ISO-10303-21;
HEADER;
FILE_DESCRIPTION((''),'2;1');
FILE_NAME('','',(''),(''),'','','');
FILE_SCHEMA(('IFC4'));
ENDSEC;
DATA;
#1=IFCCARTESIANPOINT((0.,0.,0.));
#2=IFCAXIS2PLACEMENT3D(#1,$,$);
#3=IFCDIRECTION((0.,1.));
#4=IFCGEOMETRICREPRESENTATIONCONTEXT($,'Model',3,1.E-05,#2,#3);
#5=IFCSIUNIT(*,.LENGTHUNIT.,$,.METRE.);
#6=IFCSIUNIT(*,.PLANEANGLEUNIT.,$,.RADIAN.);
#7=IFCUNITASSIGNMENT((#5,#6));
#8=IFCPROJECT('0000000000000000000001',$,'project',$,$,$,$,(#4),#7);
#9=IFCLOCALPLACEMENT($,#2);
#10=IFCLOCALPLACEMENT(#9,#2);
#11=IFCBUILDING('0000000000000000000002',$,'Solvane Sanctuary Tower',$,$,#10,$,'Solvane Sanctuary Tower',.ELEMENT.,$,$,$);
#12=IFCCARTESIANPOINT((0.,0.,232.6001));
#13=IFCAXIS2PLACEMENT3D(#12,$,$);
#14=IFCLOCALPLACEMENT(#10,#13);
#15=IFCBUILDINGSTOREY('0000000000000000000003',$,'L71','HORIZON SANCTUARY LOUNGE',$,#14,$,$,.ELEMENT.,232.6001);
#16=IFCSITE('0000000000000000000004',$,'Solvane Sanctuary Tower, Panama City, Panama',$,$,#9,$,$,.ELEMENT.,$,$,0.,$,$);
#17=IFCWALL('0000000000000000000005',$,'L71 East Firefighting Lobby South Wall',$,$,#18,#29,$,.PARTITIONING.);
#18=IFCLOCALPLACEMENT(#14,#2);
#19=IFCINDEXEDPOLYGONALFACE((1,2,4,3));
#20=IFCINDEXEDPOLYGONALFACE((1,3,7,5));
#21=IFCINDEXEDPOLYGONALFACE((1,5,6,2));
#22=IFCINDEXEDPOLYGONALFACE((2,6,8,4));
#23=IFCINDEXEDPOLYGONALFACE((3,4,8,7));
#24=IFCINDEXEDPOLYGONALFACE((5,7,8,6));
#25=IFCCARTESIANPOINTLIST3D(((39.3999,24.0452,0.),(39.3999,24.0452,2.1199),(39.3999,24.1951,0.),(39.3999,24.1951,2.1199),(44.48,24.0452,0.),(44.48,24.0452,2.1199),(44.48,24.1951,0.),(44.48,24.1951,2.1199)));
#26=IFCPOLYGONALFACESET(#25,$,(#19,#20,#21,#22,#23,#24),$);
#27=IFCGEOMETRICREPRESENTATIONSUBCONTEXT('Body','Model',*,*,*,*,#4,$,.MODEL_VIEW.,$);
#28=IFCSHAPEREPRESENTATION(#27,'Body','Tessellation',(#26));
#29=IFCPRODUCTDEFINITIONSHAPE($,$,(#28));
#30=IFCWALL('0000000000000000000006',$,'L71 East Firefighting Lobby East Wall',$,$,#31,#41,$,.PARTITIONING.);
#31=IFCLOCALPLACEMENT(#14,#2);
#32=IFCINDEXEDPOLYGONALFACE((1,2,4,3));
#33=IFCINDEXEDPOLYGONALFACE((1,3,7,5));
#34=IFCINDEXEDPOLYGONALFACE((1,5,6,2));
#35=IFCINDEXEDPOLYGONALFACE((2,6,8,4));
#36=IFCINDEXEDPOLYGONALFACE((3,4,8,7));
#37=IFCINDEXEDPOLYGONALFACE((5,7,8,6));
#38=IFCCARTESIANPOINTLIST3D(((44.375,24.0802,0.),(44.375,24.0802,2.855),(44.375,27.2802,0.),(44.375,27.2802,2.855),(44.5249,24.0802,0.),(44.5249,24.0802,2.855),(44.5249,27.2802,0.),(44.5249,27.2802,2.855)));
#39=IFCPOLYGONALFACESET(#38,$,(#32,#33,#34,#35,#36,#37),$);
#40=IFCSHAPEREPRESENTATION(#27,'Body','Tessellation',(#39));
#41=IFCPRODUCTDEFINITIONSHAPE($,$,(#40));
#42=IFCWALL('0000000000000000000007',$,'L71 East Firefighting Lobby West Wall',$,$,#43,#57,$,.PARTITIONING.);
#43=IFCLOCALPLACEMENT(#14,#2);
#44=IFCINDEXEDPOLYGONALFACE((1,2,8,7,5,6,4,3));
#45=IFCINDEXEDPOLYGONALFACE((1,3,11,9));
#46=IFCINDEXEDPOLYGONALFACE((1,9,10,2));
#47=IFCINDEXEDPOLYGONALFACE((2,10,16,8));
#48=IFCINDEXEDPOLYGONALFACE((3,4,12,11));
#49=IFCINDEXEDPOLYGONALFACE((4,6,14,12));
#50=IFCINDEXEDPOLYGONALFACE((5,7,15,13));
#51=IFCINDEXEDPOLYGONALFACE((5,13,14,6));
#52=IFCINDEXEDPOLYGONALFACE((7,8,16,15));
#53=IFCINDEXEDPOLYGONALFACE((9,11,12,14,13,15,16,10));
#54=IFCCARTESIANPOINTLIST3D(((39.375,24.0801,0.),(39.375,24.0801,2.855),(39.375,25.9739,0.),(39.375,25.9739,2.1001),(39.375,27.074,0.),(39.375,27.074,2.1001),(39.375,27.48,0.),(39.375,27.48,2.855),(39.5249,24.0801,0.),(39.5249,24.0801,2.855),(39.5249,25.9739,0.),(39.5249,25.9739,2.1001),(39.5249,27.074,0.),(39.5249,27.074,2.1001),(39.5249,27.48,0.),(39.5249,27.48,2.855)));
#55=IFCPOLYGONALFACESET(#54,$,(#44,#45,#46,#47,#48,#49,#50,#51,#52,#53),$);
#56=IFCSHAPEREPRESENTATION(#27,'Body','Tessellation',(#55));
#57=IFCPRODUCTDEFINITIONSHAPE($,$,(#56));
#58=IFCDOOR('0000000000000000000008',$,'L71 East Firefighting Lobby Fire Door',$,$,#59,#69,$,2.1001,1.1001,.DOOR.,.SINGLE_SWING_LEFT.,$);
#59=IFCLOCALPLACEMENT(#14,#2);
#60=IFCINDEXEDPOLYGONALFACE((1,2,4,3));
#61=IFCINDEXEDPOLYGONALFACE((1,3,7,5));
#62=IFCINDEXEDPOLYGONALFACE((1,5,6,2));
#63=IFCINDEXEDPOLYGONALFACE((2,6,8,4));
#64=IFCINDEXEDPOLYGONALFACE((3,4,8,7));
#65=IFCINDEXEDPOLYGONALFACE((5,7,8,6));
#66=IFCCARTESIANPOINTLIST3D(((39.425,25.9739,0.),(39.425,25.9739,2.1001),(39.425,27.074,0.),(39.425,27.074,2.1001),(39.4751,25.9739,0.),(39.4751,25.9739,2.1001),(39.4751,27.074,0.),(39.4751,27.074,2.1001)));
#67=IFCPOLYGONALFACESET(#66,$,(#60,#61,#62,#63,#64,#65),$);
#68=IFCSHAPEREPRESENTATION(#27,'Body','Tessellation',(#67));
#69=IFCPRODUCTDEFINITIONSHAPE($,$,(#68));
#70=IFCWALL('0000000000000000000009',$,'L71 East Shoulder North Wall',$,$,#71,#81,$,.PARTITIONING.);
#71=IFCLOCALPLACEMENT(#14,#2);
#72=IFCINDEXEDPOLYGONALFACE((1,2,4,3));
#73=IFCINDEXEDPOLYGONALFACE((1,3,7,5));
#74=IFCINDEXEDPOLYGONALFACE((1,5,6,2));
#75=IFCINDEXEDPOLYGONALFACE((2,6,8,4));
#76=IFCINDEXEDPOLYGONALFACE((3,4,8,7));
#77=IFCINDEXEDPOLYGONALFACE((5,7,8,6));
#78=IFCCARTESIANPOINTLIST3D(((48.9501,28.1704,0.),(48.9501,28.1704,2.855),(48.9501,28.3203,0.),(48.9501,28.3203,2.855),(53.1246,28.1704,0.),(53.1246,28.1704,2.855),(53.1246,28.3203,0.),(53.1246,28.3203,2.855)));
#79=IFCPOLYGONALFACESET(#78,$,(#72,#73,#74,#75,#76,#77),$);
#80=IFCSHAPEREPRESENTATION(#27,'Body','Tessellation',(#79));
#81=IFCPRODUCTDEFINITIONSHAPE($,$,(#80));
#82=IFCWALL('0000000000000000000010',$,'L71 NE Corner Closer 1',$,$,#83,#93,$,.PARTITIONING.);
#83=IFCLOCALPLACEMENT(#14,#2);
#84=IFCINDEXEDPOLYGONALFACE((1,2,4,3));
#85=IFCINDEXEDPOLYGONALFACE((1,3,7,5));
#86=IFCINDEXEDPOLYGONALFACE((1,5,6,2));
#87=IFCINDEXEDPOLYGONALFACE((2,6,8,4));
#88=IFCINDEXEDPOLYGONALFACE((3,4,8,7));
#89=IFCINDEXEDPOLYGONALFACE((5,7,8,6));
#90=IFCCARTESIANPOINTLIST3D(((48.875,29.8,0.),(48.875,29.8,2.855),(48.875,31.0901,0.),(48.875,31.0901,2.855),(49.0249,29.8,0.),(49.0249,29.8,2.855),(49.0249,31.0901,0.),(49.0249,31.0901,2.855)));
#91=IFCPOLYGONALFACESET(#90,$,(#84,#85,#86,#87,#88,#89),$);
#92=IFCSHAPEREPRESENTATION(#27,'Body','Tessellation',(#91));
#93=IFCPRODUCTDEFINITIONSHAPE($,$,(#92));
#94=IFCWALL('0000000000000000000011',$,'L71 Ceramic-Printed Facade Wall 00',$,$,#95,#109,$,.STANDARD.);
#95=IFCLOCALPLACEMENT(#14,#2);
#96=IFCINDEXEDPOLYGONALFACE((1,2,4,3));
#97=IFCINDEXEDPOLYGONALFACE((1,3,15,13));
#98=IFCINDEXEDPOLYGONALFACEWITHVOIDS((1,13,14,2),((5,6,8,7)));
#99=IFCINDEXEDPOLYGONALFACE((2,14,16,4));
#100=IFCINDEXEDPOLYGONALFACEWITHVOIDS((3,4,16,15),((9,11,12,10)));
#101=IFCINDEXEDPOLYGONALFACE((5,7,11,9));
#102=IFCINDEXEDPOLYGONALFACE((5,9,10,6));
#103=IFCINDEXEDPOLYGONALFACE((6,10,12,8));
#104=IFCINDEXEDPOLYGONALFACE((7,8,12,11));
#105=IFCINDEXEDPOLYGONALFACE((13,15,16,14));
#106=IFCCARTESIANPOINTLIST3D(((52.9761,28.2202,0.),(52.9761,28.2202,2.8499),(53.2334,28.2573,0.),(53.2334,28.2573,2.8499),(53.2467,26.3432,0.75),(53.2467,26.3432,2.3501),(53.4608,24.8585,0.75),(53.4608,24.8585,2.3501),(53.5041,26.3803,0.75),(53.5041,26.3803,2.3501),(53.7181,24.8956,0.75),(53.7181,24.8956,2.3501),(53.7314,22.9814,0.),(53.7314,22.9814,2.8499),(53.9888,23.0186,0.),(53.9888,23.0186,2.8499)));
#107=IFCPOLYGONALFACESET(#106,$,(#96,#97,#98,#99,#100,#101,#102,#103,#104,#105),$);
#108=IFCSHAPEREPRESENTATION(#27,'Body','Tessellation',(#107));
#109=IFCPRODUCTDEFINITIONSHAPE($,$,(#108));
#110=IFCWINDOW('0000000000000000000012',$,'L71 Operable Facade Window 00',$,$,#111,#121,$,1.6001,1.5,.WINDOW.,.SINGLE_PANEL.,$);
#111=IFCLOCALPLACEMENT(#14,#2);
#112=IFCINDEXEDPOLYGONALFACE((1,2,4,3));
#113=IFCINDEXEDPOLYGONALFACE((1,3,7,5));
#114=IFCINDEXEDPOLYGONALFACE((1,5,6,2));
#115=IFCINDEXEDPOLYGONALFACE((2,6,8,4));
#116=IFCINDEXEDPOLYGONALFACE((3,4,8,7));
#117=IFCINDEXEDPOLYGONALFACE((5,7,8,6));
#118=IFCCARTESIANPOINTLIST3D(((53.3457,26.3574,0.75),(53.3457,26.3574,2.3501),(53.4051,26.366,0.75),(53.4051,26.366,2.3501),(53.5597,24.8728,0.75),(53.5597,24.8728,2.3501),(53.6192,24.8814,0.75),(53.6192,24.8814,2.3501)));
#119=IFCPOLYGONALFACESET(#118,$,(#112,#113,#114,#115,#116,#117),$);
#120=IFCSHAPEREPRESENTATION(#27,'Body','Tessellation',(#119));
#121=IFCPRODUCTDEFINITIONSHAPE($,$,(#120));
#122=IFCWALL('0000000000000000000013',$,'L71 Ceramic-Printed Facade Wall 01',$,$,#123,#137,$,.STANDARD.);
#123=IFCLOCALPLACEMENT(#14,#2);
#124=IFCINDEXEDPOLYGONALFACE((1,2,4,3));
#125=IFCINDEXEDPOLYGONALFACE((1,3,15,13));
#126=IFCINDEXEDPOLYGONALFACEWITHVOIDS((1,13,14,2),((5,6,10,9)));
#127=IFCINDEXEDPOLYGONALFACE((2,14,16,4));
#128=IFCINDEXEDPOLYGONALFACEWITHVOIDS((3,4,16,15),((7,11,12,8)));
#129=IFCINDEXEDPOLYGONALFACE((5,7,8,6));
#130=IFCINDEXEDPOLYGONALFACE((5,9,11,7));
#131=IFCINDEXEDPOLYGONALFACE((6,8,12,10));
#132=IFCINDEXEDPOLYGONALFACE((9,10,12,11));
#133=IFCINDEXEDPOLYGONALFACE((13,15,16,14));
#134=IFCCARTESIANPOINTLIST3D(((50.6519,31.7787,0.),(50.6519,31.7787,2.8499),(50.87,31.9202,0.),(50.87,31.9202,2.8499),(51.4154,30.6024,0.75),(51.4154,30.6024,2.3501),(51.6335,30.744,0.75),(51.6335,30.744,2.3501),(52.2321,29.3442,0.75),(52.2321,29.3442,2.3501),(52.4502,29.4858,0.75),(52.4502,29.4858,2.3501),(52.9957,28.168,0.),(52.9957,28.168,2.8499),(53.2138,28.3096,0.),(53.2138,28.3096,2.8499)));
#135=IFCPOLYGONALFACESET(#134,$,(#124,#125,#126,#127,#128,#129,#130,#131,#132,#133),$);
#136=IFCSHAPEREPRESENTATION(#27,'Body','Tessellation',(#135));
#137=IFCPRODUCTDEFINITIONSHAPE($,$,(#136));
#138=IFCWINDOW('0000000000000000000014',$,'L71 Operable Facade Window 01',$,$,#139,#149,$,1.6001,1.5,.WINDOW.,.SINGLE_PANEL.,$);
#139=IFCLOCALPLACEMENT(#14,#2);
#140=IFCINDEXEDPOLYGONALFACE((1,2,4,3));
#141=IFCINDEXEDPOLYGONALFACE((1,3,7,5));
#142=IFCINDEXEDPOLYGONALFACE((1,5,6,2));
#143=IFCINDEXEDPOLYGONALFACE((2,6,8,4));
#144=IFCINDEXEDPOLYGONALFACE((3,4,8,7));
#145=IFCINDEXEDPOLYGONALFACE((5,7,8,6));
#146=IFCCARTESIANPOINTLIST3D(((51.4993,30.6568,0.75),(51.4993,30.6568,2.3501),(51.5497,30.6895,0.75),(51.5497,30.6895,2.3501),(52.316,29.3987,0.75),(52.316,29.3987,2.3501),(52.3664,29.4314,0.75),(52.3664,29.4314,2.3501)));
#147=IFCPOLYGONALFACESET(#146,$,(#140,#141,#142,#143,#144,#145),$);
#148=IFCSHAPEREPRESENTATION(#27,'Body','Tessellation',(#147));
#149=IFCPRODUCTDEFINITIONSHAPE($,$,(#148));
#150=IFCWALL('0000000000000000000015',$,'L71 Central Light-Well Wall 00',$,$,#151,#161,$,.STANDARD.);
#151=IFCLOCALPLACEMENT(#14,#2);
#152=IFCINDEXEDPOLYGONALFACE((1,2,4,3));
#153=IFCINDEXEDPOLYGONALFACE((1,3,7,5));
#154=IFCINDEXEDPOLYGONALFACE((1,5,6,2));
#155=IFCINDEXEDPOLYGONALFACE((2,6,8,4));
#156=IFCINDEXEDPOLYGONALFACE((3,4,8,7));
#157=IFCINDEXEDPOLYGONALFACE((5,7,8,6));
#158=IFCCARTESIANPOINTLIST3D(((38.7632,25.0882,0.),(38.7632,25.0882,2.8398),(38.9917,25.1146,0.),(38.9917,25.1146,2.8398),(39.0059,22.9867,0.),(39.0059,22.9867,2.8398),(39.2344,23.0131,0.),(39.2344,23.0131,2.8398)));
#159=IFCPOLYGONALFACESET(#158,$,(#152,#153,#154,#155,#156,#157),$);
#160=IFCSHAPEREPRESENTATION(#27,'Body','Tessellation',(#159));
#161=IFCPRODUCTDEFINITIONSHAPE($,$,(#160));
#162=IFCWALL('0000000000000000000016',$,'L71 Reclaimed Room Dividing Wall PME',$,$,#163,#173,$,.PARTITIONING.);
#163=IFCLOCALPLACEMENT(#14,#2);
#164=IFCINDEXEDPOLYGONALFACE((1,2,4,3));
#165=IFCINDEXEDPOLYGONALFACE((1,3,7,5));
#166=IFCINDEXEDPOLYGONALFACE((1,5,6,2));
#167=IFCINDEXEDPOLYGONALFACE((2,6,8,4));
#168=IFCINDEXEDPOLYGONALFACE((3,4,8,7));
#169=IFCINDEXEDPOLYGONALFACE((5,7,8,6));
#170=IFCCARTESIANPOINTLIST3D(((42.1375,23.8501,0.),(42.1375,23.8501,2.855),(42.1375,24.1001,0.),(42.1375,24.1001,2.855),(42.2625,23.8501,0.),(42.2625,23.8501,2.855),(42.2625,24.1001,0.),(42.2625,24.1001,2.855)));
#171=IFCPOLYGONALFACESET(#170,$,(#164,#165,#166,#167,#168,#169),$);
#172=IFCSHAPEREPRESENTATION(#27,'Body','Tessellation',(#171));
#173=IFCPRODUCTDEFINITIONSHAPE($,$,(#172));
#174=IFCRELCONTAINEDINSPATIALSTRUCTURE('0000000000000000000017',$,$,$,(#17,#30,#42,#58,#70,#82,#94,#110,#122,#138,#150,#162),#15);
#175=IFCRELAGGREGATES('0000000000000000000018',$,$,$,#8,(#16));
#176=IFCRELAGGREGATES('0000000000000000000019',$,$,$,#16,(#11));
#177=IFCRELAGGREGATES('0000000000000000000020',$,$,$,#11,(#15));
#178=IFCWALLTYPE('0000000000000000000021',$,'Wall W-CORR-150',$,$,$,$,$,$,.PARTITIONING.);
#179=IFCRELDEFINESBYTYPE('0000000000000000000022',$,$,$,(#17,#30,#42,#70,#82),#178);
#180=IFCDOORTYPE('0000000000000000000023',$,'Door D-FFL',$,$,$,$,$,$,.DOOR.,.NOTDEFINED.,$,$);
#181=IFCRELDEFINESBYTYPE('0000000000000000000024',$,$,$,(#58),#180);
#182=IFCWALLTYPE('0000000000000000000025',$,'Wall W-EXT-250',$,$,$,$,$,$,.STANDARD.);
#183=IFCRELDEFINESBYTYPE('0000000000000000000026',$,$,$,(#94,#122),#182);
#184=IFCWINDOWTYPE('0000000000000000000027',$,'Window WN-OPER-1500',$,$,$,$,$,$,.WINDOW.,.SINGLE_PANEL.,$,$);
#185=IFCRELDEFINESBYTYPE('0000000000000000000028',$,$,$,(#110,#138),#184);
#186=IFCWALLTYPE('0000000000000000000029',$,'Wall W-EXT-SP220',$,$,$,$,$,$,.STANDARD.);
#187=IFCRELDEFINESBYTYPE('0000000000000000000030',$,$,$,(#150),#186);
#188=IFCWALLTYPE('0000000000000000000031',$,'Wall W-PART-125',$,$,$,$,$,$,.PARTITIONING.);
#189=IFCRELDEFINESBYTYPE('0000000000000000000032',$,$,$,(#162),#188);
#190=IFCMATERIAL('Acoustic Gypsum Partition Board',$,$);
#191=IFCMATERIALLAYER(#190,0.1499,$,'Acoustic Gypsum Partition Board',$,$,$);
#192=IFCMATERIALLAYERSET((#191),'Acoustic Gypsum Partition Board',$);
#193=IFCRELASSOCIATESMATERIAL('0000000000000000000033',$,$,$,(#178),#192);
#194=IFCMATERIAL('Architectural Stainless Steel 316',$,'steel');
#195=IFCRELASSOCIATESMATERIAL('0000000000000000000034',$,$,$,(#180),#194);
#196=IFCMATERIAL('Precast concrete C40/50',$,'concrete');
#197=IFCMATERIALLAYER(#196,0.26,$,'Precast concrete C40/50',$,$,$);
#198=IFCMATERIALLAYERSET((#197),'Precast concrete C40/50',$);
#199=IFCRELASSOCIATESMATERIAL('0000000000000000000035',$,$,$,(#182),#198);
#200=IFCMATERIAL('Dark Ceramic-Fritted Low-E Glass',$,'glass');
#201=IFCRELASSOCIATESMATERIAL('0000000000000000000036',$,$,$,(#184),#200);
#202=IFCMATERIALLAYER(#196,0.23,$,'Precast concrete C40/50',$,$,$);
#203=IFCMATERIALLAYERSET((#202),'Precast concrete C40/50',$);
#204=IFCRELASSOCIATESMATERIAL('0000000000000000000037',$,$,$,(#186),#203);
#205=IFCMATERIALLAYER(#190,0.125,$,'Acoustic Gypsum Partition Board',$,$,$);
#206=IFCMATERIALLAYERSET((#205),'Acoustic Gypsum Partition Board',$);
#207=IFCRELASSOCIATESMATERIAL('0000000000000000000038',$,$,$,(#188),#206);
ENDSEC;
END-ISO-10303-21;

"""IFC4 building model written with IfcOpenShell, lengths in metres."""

from ifc_helpers import new_model, si_unit, direction, frame, frame_2d, origin, place, context, subcontext, project, spatial, rectangle, extrude, material, layer, layer_set, type_object, element, fill, save


model = new_model("IFC4")

# Units and contexts
model_context = context("Model", 3, precision=1e-05, world=origin(), true_north=direction((0.0, 1.0)))
body_context = subcontext(model_context, "Body", "Model", "MODEL_VIEW")
ifc_project = project(units=[si_unit("LENGTHUNIT", "METRE"), si_unit("PLANEANGLEUNIT", "RADIAN")], contexts=[model_context])

# Site, building, storey
site_placement = place(None, origin())
site = spatial("IfcSite", under=ifc_project, at=site_placement, Name="Solvane Sanctuary Tower, Panama City, Panama", CompositionType="ELEMENT", RefElevation=0.0)
building_placement = place(site_placement, origin())
building = spatial("IfcBuilding", under=site, at=building_placement, Name="Solvane Sanctuary Tower", LongName="Solvane Sanctuary Tower", CompositionType="ELEMENT")
storey_placement = place(building_placement, frame((0.0, 0.0, 232.6001)))
storey = spatial("IfcBuildingStorey", under=building, at=storey_placement, Name="L71", Description="HORIZON SANCTUARY LOUNGE", CompositionType="ELEMENT", Elevation=232.6001)

# Walls
ifc_material_1 = material(Name="Acoustic Gypsum Partition Board")
ifc_layer_1 = layer(ifc_material_1, 0.1499, Name="Acoustic Gypsum Partition Board")
ifc_layer_set_1 = layer_set([ifc_layer_1], Name="Acoustic Gypsum Partition Board")
wall_type_1 = type_object("IfcWallType", Name="Wall W-CORR-150", PredefinedType="PARTITIONING", material=ifc_layer_set_1)
wall_1_placement = place(storey_placement, frame((39.3999, 24.1201, 0.0), z_axis=(0.0, 0.0, 1.0), x_axis=(1.0, 0.0, 0.0)))
element("IfcWall", 1, at=wall_1_placement, inside=storey, type_object=wall_type_1, Name="L71 East Firefighting Lobby South Wall", PredefinedType="PARTITIONING", context=body_context, shape_type="SweptSolid", body=[
    extrude(rectangle(XDim=5.0801, YDim=0.1499, at=frame_2d((2.54, 0.0))), origin(), (0.0, 0.0, 1.0), 2.1199),
])
wall_2_placement = place(storey_placement, frame((44.45, 24.0801, 0.0), z_axis=(0.0, 0.0, 1.0), x_axis=(0.0, 1.0, 0.0)))
element("IfcWall", 2, at=wall_2_placement, inside=storey, type_object=wall_type_1, Name="L71 East Firefighting Lobby East Wall", PredefinedType="PARTITIONING", context=body_context, shape_type="SweptSolid", body=[
    extrude(rectangle(XDim=3.2, YDim=0.1499, at=frame_2d((1.6001, 0.0))), origin(), (0.0, 0.0, 1.0), 2.855),
])

# Wall, opening, door
wall_3_placement = place(storey_placement, frame((39.45, 24.0801, 0.0), z_axis=(0.0, 0.0, 1.0), x_axis=(0.0, 1.0, 0.0)))
wall_3 = element("IfcWall", 3, at=wall_3_placement, inside=storey, type_object=wall_type_1, Name="L71 East Firefighting Lobby West Wall", PredefinedType="PARTITIONING", context=body_context, shape_type="SweptSolid", body=[
    extrude(rectangle(XDim=3.3999, YDim=0.1499, at=frame_2d((1.7, 0.0))), origin(), (0.0, 0.0, 1.0), 2.855),
])
opening_1_placement = place(wall_3_placement, frame((1.8938, 0.0, 0.0)))
opening_1 = element("IfcOpeningElement", 4, at=opening_1_placement, cuts=wall_3, PredefinedType="OPENING", context=body_context, shape_type="SweptSolid", body=[
    extrude(rectangle(XDim=1.1001, YDim=2.1001, at=frame_2d((0.55, 1.05))), frame((0.0, 0.085, 0.0), z_axis=(0.0, -1.0, 0.0), x_axis=(1.0, 0.0, 0.0)), (0.0, 0.0, 1.0), 0.1699),
])
ifc_material_2 = material(Name="Architectural Stainless Steel 316", Category="steel")
door_type_1 = type_object("IfcDoorType", Name="Door D-FFL", OperationType="NOTDEFINED", PredefinedType="DOOR", material=ifc_material_2)
door_1_placement = place(opening_1_placement, origin())
door_1 = element("IfcDoor", 5, at=door_1_placement, inside=storey, type_object=door_type_1, Name="L71 East Firefighting Lobby Fire Door", OperationType="SINGLE_SWING_LEFT", OverallHeight=2.1001, OverallWidth=1.1001, PredefinedType="DOOR", context=body_context, shape_type="SweptSolid", body=[
    extrude(rectangle(XDim=1.1001, YDim=2.1001, at=frame_2d((0.55, 1.05))), frame((0.0, 0.0249, 0.0), z_axis=(0.0, -1.0, 0.0), x_axis=(1.0, 0.0, 0.0)), (0.0, 0.0, 1.0), 0.05),
])
fill(opening_1, door_1)

# Walls
wall_4_placement = place(storey_placement, frame((48.95, 28.2454, 0.0), z_axis=(0.0, 0.0, 1.0), x_axis=(1.0, 0.0, 0.0)))
element("IfcWall", 6, at=wall_4_placement, inside=storey, type_object=wall_type_1, Name="L71 East Shoulder North Wall", PredefinedType="PARTITIONING", context=body_context, shape_type="SweptSolid", body=[
    extrude(rectangle(XDim=4.1746, YDim=0.1499, at=frame_2d((2.0874, 0.0))), origin(), (0.0, 0.0, 1.0), 2.855),
])
wall_5_placement = place(storey_placement, frame((48.95, 29.8, 0.0), z_axis=(0.0, 0.0, 1.0), x_axis=(0.0, 1.0, 0.0)))
element("IfcWall", 7, at=wall_5_placement, inside=storey, type_object=wall_type_1, Name="L71 NE Corner Closer 1", PredefinedType="PARTITIONING", context=body_context, shape_type="SweptSolid", body=[
    extrude(rectangle(XDim=1.29, YDim=0.1499, at=frame_2d((0.645, 0.0))), origin(), (0.0, 0.0, 1.0), 2.855),
])

# Walls, openings, windows
ifc_material_3 = material(Name="Precast concrete C40/50", Category="concrete")
ifc_layer_2 = layer(ifc_material_3, 0.26, Name="Precast concrete C40/50")
ifc_layer_set_2 = layer_set([ifc_layer_2], Name="Precast concrete C40/50")
wall_type_2 = type_object("IfcWallType", Name="Wall W-EXT-250", PredefinedType="STANDARD", material=ifc_layer_set_2)
wall_6_placement = place(storey_placement, frame((53.8601, 23.0, 0.0), z_axis=(0.0, 0.0, 1.0), x_axis=(-0.142713, 0.989764, 0.0)))
wall_6 = element("IfcWall", 8, at=wall_6_placement, inside=storey, type_object=wall_type_2, Name="L71 Ceramic-Printed Facade Wall 00", PredefinedType="STANDARD", context=body_context, shape_type="SweptSolid", body=[
    extrude(rectangle(XDim=5.293, YDim=0.26, at=frame_2d((2.6465, 0.0))), origin(), (0.0, 0.0, 1.0), 2.8499),
])
opening_2_placement = place(wall_6_placement, frame((1.8965, 0.0, 0.75)))
opening_2 = element("IfcOpeningElement", 9, at=opening_2_placement, cuts=wall_6, PredefinedType="OPENING", context=body_context, shape_type="SweptSolid", body=[
    extrude(rectangle(XDim=1.5, YDim=1.6001, at=frame_2d((0.75, 0.8))), frame((0.0, 0.1399, 0.0), z_axis=(0.0, -1.0, 0.0), x_axis=(1.0, 0.0, 0.0)), (0.0, 0.0, 1.0), 0.28),
])
ifc_material_4 = material(Name="Dark Ceramic-Fritted Low-E Glass", Category="glass")
window_type = type_object("IfcWindowType", Name="Window WN-OPER-1500", PartitioningType="SINGLE_PANEL", PredefinedType="WINDOW", material=ifc_material_4)
window_1_placement = place(opening_2_placement, origin())
window_1 = element("IfcWindow", 10, at=window_1_placement, inside=storey, type_object=window_type, Name="L71 Operable Facade Window 00", OverallHeight=1.6001, OverallWidth=1.5, PartitioningType="SINGLE_PANEL", PredefinedType="WINDOW", context=body_context, shape_type="SweptSolid", body=[
    extrude(rectangle(XDim=1.5, YDim=1.6001, at=frame_2d((0.75, 0.8))), frame((0.0, 0.03, 0.0), z_axis=(0.0, -1.0, 0.0), x_axis=(1.0, 0.0, 0.0)), (0.0, 0.0, 1.0), 0.0601),
])
fill(opening_2, window_1)
wall_7_placement = place(storey_placement, frame((53.1047, 28.2388, 0.0), z_axis=(0.0, 0.0, 1.0), x_axis=(-0.544476, 0.838776, 0.0)))
wall_7 = element("IfcWall", 11, at=wall_7_placement, inside=storey, type_object=wall_type_2, Name="L71 Ceramic-Printed Facade Wall 01", PredefinedType="STANDARD", context=body_context, shape_type="SweptSolid", body=[
    extrude(rectangle(XDim=4.3047, YDim=0.26, at=frame_2d((2.1523, 0.0))), origin(), (0.0, 0.0, 1.0), 2.8499),
])
opening_3_placement = place(wall_7_placement, frame((1.4023, 0.0, 0.75)))
opening_3 = element("IfcOpeningElement", 12, at=opening_3_placement, cuts=wall_7, PredefinedType="OPENING", context=body_context, shape_type="SweptSolid", body=[
    extrude(rectangle(XDim=1.5, YDim=1.6001, at=frame_2d((0.75, 0.8))), frame((0.0, 0.1399, 0.0), z_axis=(0.0, -1.0, 0.0), x_axis=(1.0, 0.0, 0.0)), (0.0, 0.0, 1.0), 0.28),
])
window_2_placement = place(opening_3_placement, origin())
window_2 = element("IfcWindow", 13, at=window_2_placement, inside=storey, type_object=window_type, Name="L71 Operable Facade Window 01", OverallHeight=1.6001, OverallWidth=1.5, PartitioningType="SINGLE_PANEL", PredefinedType="WINDOW", context=body_context, shape_type="SweptSolid", body=[
    extrude(rectangle(XDim=1.5, YDim=1.6001, at=frame_2d((0.75, 0.8))), frame((0.0, 0.03, 0.0), z_axis=(0.0, -1.0, 0.0), x_axis=(1.0, 0.0, 0.0)), (0.0, 0.0, 1.0), 0.0601),
])
fill(opening_3, window_2)

# Walls
ifc_layer_3 = layer(ifc_material_3, 0.23, Name="Precast concrete C40/50")
ifc_layer_set_3 = layer_set([ifc_layer_3], Name="Precast concrete C40/50")
wall_type_3 = type_object("IfcWallType", Name="Wall W-EXT-SP220", PredefinedType="STANDARD", material=ifc_layer_set_3)
wall_8_placement = place(storey_placement, frame((39.1201, 23.0, 0.0), z_axis=(0.0, 0.0, 1.0), x_axis=(-0.114712, 0.993399, 0.0)))
element("IfcWall", 14, at=wall_8_placement, inside=storey, type_object=wall_type_3, Name="L71 Central Light-Well Wall 00", PredefinedType="STANDARD", context=body_context, shape_type="SweptSolid", body=[
    extrude(rectangle(XDim=2.1155, YDim=0.23, at=frame_2d((1.0576, 0.0))), origin(), (0.0, 0.0, 1.0), 2.8398),
])
ifc_layer_4 = layer(ifc_material_1, 0.125, Name="Acoustic Gypsum Partition Board")
ifc_layer_set_4 = layer_set([ifc_layer_4], Name="Acoustic Gypsum Partition Board")
wall_type_4 = type_object("IfcWallType", Name="Wall W-PART-125", PredefinedType="PARTITIONING", material=ifc_layer_set_4)
wall_9_placement = place(storey_placement, frame((42.2, 23.8501, 0.0), z_axis=(0.0, 0.0, 1.0), x_axis=(0.0, 1.0, 0.0)))
element("IfcWall", 15, at=wall_9_placement, inside=storey, type_object=wall_type_4, Name="L71 Reclaimed Room Dividing Wall PME", PredefinedType="PARTITIONING", context=body_context, shape_type="SweptSolid", body=[
    extrude(rectangle(XDim=0.25, YDim=0.125, at=frame_2d((0.125, 0.0))), origin(), (0.0, 0.0, 1.0), 2.855),
])

save(model, "model.ifc")
